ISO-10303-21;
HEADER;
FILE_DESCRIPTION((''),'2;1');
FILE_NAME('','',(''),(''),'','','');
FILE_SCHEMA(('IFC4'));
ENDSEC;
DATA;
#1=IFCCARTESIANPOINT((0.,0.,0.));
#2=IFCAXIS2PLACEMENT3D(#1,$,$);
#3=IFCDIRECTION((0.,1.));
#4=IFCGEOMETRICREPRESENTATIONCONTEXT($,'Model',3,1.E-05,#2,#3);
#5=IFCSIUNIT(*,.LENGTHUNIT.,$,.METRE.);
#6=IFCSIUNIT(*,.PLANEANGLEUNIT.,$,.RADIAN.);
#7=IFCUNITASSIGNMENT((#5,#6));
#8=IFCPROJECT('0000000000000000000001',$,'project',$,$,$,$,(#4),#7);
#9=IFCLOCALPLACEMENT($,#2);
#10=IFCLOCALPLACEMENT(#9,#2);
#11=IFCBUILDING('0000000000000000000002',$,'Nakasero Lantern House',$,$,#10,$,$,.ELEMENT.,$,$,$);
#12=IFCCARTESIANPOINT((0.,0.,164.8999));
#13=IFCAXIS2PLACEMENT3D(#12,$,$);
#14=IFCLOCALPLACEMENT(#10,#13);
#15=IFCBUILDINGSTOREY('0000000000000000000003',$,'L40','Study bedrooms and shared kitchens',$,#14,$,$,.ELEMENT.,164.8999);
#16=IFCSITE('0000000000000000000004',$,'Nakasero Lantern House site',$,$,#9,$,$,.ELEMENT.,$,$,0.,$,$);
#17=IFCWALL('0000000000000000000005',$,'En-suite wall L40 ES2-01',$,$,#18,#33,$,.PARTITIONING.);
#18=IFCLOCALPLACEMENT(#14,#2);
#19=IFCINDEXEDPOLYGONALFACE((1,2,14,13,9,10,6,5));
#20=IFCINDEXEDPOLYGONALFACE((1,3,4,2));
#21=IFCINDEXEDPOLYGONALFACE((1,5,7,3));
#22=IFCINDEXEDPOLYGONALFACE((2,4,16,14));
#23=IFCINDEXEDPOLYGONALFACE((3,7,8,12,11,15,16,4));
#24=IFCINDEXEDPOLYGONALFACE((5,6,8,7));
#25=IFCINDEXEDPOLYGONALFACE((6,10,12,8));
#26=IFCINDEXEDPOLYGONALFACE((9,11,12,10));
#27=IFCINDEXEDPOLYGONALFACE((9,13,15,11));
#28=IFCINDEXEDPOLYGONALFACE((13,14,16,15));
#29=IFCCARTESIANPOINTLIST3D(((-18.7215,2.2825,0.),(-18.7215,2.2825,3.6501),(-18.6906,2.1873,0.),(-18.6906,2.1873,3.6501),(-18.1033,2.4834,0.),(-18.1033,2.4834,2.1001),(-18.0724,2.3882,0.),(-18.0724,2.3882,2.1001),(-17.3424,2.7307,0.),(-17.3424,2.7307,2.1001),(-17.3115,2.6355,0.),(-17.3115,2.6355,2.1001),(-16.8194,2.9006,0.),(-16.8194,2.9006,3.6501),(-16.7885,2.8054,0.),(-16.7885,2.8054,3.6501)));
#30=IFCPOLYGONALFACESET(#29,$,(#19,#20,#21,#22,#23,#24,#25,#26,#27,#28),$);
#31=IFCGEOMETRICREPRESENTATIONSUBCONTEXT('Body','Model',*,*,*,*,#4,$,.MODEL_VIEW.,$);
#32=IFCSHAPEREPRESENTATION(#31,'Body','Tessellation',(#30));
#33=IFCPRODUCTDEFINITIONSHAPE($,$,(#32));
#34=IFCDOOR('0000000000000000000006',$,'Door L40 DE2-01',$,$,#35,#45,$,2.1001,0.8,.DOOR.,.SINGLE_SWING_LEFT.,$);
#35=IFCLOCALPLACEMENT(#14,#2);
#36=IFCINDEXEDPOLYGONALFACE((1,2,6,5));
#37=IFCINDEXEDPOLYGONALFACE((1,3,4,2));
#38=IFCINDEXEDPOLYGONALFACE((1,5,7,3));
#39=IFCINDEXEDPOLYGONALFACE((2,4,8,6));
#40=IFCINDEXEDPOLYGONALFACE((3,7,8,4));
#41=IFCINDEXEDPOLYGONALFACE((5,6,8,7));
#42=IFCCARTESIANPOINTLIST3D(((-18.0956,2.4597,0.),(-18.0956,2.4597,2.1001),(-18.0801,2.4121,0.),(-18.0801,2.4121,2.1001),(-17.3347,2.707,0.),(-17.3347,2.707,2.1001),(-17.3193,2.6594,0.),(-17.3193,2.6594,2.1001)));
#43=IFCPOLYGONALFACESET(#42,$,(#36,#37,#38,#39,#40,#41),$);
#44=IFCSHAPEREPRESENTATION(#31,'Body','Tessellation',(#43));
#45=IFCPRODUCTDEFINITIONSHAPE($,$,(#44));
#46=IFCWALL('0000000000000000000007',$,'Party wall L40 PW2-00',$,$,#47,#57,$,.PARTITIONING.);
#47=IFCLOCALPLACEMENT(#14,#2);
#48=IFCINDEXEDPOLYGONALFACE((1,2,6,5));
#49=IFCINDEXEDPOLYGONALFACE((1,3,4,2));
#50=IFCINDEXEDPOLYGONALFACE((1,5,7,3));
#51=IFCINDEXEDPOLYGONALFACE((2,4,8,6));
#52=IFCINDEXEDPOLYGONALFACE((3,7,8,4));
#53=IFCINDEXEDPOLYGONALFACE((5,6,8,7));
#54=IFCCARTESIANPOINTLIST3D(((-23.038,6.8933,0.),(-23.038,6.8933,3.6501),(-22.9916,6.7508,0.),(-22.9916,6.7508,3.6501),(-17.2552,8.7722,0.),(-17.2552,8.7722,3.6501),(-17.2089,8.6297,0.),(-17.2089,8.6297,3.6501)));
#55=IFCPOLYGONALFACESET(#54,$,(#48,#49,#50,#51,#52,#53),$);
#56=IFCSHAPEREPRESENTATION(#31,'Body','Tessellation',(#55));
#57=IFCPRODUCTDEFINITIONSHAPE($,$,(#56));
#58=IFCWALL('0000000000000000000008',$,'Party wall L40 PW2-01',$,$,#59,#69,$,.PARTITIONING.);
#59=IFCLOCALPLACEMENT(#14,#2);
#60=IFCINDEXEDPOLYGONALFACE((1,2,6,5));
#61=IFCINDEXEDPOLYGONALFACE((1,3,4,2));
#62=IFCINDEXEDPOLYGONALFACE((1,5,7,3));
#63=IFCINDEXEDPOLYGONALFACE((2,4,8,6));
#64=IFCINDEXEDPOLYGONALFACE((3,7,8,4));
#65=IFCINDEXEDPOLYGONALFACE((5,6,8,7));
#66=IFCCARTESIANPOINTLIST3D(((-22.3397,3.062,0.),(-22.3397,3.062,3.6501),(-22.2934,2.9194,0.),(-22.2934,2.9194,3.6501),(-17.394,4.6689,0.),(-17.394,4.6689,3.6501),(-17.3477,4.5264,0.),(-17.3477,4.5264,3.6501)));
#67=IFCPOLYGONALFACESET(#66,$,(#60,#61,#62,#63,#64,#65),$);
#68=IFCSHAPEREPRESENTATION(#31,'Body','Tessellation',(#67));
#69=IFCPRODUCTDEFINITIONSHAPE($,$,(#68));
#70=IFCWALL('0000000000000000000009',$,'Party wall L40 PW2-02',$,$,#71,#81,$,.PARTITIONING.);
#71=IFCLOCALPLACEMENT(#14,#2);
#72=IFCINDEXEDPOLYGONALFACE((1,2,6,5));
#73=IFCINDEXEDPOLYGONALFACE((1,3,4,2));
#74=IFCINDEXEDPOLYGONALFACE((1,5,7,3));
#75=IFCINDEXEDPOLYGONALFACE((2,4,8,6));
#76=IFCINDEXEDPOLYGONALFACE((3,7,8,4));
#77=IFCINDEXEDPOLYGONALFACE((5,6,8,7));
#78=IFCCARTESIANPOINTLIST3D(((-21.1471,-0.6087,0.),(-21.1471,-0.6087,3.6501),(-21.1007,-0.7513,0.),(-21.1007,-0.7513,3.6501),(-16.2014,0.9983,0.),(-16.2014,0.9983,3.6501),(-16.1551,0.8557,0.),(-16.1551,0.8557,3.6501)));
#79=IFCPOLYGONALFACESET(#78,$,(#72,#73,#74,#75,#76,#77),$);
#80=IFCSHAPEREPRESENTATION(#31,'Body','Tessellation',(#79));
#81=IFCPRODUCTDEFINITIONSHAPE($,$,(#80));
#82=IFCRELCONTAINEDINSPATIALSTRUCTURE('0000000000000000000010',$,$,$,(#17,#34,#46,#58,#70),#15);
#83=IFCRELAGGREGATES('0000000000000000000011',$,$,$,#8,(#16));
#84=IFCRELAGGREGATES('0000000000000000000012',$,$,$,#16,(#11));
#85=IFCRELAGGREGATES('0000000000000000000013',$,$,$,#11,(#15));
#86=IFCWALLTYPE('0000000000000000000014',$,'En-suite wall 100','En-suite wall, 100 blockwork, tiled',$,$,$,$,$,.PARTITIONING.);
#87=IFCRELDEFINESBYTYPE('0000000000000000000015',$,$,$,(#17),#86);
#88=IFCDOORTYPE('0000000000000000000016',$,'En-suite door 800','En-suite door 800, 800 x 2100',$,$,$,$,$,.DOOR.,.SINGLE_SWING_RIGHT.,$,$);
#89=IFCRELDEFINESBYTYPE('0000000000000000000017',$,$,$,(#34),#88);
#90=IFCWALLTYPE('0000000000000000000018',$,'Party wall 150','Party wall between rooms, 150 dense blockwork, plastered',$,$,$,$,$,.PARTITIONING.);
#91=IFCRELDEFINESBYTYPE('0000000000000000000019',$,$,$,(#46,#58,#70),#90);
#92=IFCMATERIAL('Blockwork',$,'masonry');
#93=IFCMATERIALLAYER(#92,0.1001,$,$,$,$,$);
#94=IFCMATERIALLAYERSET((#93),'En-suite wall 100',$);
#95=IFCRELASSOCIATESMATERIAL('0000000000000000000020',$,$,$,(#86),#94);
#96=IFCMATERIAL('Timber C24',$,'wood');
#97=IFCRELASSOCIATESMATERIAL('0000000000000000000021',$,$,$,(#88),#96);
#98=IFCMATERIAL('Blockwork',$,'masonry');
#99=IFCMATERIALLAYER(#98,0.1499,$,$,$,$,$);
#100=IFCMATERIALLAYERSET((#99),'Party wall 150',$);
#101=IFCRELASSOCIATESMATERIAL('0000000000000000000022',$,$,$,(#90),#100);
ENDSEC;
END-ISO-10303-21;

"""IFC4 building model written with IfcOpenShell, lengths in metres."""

from ifc_helpers import new_model, si_unit, direction, frame, frame_2d, origin, place, context, subcontext, project, spatial, rectangle, extrude, material, layer, layer_set, type_object, element, fill, save


model = new_model("IFC4")

# Units and contexts
model_context = context("Model", 3, precision=1e-05, world=origin(), true_north=direction((0.0, 1.0)))
body_context = subcontext(model_context, "Body", "Model", "MODEL_VIEW")
ifc_project = project(units=[si_unit("LENGTHUNIT", "METRE"), si_unit("PLANEANGLEUNIT", "RADIAN")], contexts=[model_context])

# Site, building, storey
site_placement = place(None, origin())
site = spatial("IfcSite", under=ifc_project, at=site_placement, Name="Nakasero Lantern House site", CompositionType="ELEMENT", RefElevation=0.0)
building_placement = place(site_placement, origin())
building = spatial("IfcBuilding", under=site, at=building_placement, Name="Nakasero Lantern House", CompositionType="ELEMENT")
storey_placement = place(building_placement, frame((0.0, 0.0, 164.8999)))
storey = spatial("IfcBuildingStorey", under=building, at=storey_placement, Name="L40", Description="Study bedrooms and shared kitchens", CompositionType="ELEMENT", Elevation=164.8999)

# Wall, opening, door
ifc_material_1 = material(Name="Blockwork", Category="masonry")
ifc_layer_1 = layer(ifc_material_1, 0.1001)
ifc_layer_set_1 = layer_set([ifc_layer_1], Name="En-suite wall 100")
wall_type_1 = type_object("IfcWallType", Name="En-suite wall 100", Description="En-suite wall, 100 blockwork, tiled", PredefinedType="PARTITIONING", material=ifc_layer_set_1)
ifc_material_2 = material(Name="Timber C24", Category="wood")
door_type_1 = type_object("IfcDoorType", Name="En-suite door 800", Description="En-suite door 800, 800 x 2100", OperationType="SINGLE_SWING_RIGHT", PredefinedType="DOOR", material=ifc_material_2)
wall_1_placement = place(storey_placement, frame((-16.804, 2.853, 0.0), z_axis=(0.0, 0.0, 1.0), x_axis=(-0.951037, -0.309078, 0.0)))
wall_1 = element("IfcWall", 1, at=wall_1_placement, inside=storey, type_object=wall_type_1, Name="En-suite wall L40 ES2-01", PredefinedType="PARTITIONING", context=body_context, shape_type="SweptSolid", body=[
    extrude(rectangle(XDim=2.0, YDim=0.1001, at=frame_2d((1.0, 0.0))), origin(), (0.0, 0.0, 1.0), 3.6501),
])
opening_1_placement = place(wall_1_placement, frame((0.55, 0.0, 0.0)))
opening_1 = element("IfcOpeningElement", 2, at=opening_1_placement, cuts=wall_1, PredefinedType="OPENING", context=body_context, shape_type="SweptSolid", body=[
    extrude(rectangle(XDim=0.8, YDim=2.1001, at=frame_2d((0.3999, 1.05))), frame((0.0, 0.0701, 0.0), z_axis=(0.0, -1.0, 0.0), x_axis=(1.0, 0.0, 0.0)), (0.0, 0.0, 1.0), 0.1401),
])
door_1_placement = place(opening_1_placement, origin())
door_1 = element("IfcDoor", 3, at=door_1_placement, inside=storey, type_object=door_type_1, Name="Door L40 DE2-01", OperationType="SINGLE_SWING_LEFT", OverallHeight=2.1001, OverallWidth=0.8, PredefinedType="DOOR", context=body_context, shape_type="SweptSolid", body=[
    extrude(rectangle(XDim=0.8, YDim=2.1001, at=frame_2d((0.3999, 1.05))), frame((0.0, 0.0249, 0.0), z_axis=(0.0, -1.0, 0.0), x_axis=(1.0, 0.0, 0.0)), (0.0, 0.0, 1.0), 0.05),
])
fill(opening_1, door_1)

# Walls
ifc_material_3 = material(Name="Blockwork", Category="masonry")
ifc_layer_2 = layer(ifc_material_3, 0.1499)
ifc_layer_set_2 = layer_set([ifc_layer_2], Name="Party wall 150")
wall_type_2 = type_object("IfcWallType", Name="Party wall 150", Description="Party wall between rooms, 150 dense blockwork, plastered", PredefinedType="PARTITIONING", material=ifc_layer_set_2)
wall_2_placement = place(storey_placement, frame((-17.2322, 8.7009, 0.0), z_axis=(0.0, 0.0, 1.0), x_axis=(-0.951057, -0.309015, 0.0)))
element("IfcWall", 4, at=wall_2_placement, inside=storey, type_object=wall_type_2, Name="Party wall L40 PW2-00", PredefinedType="PARTITIONING", context=body_context, shape_type="SweptSolid", body=[
    extrude(rectangle(XDim=6.0803, YDim=0.1499, at=frame_2d((3.04, 0.0))), origin(), (0.0, 0.0, 1.0), 3.6501),
])
for number, where, z_axis, x_axis, name in (
    (5, (-17.3708, 4.5977, 0.0), (0.0, 0.0, 1.0), (-0.951055, -0.309021, 0.0), "Party wall L40 PW2-01"),
    (6, (-16.1782, 0.927, 0.0), (0.0, 0.0, 1.0), (-0.951055, -0.309021, 0.0), "Party wall L40 PW2-02"),
):
    element("IfcWall", number, at=place(storey_placement, frame(where, z_axis=z_axis, x_axis=x_axis)), inside=storey, type_object=wall_type_2, Name=name, PredefinedType="PARTITIONING", context=body_context, shape_type="SweptSolid", body=[
        extrude(rectangle(XDim=5.2002, YDim=0.1499, at=frame_2d((2.6001, 0.0))), origin(), (0.0, 0.0, 1.0), 3.6501),
    ])

save(model, "model.ifc")
